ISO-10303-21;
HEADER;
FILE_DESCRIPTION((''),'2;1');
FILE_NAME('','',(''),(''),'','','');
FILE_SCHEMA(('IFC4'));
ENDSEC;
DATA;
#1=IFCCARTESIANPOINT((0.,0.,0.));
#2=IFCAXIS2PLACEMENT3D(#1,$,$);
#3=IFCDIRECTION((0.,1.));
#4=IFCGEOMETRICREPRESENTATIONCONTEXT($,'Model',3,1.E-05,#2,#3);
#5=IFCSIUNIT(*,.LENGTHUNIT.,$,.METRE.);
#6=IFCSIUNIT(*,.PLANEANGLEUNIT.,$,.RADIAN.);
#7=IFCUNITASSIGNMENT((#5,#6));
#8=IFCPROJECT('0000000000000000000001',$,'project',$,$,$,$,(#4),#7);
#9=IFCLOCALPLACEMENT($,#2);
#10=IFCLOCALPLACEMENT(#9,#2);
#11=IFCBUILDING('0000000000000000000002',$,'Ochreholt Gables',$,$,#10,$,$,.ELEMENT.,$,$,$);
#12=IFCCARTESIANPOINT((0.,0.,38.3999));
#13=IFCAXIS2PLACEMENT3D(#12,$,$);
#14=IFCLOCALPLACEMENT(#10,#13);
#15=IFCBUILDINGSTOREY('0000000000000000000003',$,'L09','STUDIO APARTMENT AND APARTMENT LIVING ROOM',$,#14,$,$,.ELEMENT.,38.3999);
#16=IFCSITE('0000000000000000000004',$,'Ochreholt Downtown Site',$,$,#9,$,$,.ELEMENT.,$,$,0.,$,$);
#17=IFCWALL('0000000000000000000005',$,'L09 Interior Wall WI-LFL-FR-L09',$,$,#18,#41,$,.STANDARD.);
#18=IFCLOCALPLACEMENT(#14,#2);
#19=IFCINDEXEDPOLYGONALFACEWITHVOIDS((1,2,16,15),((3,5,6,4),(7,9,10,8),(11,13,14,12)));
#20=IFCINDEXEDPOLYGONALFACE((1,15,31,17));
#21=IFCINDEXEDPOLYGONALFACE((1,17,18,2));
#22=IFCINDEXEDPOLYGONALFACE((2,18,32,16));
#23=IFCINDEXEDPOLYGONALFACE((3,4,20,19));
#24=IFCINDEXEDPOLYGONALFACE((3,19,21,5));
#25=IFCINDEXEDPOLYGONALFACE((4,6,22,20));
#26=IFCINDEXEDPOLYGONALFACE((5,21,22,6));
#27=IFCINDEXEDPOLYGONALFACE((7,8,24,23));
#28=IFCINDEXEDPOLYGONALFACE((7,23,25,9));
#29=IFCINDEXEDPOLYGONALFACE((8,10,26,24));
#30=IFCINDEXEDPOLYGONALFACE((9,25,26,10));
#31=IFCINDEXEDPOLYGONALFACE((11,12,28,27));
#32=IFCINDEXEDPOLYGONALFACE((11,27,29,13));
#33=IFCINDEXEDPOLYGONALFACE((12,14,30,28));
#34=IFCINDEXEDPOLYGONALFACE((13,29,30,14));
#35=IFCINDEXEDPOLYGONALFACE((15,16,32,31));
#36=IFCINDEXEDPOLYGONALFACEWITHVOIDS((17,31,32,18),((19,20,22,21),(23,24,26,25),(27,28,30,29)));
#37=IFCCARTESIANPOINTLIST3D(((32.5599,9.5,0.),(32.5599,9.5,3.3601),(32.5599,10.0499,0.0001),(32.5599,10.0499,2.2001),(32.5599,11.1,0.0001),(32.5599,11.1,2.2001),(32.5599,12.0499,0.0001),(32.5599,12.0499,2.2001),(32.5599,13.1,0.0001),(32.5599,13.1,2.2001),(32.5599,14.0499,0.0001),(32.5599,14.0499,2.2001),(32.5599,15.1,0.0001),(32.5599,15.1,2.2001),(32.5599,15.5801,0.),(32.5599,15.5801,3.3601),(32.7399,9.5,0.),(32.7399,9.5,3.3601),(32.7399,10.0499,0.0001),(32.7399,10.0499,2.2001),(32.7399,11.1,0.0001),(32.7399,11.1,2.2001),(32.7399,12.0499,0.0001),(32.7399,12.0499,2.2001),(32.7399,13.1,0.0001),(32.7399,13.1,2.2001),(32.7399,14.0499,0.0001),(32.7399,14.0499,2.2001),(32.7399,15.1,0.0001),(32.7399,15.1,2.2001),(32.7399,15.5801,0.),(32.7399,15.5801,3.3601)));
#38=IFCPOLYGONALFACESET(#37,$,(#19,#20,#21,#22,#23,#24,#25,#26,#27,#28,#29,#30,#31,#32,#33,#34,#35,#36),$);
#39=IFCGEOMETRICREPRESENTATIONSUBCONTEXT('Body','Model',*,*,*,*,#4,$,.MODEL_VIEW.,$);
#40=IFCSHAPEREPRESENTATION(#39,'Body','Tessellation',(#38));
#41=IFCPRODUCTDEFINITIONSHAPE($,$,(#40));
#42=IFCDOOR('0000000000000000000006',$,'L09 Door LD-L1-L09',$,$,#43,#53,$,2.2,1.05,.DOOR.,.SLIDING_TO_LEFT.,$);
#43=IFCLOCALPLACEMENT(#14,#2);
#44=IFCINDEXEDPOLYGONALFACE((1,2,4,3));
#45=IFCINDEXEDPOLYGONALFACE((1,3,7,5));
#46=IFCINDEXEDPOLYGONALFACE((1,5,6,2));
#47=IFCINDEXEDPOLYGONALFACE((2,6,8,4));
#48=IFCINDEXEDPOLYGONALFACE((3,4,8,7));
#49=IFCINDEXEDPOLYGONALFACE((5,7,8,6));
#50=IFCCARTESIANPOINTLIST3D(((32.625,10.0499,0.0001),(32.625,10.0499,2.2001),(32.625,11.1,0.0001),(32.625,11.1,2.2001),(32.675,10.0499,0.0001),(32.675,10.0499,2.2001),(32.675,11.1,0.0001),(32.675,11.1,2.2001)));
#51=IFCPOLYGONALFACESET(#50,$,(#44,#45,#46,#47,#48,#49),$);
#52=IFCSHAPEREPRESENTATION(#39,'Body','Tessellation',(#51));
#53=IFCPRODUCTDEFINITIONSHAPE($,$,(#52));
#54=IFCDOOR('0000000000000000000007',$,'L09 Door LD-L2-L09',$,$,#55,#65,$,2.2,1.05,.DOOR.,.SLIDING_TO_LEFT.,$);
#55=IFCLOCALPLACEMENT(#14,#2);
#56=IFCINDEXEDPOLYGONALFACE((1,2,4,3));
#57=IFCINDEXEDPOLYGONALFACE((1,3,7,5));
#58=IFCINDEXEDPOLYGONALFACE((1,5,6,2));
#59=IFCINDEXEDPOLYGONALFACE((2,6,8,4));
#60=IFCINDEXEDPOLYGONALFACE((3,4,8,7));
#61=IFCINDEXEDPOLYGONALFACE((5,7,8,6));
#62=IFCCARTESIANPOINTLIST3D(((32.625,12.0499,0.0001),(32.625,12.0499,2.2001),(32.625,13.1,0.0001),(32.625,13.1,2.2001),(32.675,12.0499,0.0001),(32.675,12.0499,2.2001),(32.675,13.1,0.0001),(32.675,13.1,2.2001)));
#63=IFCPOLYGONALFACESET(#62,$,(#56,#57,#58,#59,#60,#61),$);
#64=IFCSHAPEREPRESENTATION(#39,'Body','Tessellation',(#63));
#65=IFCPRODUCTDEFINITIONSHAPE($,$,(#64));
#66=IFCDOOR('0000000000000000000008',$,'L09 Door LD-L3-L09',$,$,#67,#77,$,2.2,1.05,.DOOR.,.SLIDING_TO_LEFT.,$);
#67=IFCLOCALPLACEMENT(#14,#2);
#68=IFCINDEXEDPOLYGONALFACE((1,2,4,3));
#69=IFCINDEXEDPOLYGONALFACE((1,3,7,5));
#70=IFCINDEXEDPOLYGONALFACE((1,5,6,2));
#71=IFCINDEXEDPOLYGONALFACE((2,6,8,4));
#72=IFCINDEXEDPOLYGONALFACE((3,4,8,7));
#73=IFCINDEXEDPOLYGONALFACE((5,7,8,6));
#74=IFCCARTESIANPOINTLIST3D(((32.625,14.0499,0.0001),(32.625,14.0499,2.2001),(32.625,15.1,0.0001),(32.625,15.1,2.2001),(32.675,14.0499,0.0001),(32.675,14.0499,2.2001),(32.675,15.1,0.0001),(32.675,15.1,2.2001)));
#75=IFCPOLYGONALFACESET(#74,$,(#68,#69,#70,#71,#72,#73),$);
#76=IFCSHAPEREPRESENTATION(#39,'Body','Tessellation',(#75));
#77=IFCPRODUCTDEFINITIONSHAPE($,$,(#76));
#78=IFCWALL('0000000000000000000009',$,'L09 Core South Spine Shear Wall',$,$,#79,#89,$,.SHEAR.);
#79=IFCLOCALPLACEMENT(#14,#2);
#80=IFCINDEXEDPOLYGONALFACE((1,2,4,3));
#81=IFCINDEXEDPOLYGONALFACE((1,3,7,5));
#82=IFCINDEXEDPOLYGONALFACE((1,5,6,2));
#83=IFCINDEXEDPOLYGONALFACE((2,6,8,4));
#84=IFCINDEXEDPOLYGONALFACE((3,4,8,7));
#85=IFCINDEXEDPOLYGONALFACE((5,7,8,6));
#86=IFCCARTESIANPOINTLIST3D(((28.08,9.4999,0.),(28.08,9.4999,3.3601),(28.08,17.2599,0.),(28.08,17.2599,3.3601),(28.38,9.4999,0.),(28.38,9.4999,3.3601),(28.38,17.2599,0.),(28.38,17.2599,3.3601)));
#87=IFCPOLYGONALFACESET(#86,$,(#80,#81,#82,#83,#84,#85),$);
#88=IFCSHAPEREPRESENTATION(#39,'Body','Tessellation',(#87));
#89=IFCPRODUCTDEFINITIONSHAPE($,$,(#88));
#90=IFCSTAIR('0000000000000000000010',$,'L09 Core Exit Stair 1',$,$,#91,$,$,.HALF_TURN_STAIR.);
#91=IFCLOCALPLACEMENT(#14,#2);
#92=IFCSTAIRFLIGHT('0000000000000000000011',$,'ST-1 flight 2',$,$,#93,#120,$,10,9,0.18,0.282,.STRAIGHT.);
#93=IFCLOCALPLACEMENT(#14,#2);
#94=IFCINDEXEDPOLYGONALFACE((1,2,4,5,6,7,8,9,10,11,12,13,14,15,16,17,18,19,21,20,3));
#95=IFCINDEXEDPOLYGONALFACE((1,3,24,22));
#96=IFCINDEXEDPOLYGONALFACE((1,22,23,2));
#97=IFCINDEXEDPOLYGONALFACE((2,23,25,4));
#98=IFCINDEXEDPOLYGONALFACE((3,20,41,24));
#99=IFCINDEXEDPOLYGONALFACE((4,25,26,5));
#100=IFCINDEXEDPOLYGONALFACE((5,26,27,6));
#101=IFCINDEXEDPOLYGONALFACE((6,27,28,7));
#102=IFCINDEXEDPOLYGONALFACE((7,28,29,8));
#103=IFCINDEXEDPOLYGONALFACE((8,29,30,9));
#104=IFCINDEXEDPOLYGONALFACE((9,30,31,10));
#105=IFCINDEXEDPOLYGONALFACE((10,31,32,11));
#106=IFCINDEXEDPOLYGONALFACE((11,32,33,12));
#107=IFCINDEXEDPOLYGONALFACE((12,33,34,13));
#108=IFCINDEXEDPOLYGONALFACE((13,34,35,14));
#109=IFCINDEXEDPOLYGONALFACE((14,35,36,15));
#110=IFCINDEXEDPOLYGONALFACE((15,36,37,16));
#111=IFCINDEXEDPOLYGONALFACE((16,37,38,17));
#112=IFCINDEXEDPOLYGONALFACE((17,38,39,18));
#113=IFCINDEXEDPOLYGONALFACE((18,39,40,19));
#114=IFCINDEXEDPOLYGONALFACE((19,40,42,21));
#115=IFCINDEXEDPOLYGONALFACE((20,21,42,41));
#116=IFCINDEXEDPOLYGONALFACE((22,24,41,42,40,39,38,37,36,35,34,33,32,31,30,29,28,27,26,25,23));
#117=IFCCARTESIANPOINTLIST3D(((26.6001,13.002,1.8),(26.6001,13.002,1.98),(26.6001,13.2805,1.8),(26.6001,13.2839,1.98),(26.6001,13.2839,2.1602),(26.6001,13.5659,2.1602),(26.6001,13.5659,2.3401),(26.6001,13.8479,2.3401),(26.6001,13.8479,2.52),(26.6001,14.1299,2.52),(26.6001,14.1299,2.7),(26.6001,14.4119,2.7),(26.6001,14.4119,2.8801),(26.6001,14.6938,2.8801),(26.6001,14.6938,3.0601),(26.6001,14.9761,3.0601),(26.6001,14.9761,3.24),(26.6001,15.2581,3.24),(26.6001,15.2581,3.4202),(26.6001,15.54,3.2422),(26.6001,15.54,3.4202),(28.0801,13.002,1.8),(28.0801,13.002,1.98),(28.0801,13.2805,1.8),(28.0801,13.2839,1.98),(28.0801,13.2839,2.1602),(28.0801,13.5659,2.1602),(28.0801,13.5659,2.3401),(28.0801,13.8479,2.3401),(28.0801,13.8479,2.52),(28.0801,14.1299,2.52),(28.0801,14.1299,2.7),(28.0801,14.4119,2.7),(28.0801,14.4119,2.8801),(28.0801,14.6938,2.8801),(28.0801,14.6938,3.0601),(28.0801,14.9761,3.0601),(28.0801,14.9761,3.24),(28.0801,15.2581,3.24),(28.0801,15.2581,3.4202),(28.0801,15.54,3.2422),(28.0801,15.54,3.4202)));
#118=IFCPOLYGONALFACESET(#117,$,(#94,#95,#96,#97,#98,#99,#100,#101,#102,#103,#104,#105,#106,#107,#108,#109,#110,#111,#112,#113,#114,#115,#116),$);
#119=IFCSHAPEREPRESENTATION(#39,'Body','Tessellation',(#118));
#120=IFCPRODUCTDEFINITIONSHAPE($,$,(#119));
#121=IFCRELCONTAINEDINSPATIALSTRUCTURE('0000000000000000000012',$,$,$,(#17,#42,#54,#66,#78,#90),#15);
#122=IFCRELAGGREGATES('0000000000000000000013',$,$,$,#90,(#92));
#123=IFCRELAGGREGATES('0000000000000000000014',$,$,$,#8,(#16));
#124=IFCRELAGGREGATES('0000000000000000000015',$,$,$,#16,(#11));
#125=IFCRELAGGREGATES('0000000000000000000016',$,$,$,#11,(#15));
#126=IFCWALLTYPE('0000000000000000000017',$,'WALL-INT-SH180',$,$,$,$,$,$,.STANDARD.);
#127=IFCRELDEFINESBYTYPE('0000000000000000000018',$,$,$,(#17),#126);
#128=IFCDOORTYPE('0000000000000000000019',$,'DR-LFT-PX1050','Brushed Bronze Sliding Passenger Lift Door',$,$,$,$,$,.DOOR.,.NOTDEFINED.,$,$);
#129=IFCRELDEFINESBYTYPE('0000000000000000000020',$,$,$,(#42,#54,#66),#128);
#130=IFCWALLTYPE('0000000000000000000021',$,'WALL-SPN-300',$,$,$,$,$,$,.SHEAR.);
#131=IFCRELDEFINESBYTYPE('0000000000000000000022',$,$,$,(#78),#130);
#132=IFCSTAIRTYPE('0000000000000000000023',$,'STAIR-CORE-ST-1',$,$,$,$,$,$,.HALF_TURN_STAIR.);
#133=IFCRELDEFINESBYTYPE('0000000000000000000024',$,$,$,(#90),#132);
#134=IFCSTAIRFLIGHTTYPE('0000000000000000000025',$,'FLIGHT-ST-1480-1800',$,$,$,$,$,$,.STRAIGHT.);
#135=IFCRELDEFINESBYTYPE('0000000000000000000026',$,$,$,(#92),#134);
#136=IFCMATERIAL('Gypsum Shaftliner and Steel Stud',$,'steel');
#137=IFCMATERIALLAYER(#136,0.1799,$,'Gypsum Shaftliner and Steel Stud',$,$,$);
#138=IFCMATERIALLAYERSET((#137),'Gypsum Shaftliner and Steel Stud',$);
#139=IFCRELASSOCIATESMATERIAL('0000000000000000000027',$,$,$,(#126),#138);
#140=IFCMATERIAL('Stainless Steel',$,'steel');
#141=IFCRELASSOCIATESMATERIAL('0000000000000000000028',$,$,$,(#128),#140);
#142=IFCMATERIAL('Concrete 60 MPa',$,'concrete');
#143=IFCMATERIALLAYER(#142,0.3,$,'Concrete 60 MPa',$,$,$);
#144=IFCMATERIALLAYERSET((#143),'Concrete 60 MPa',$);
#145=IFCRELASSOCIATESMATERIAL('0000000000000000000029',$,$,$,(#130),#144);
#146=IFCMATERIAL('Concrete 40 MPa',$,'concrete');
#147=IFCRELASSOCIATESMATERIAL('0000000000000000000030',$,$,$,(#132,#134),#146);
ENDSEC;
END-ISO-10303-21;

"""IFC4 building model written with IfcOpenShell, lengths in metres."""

from ifc_helpers import new_model, si_unit, direction, frame, frame_2d, origin, place, context, subcontext, project, spatial, polyline, rectangle, outline, extrude, material, layer, layer_set, type_object, element, fill, aggregate, save


model = new_model("IFC4")

# Units and contexts
model_context = context("Model", 3, precision=1e-05, world=origin(), true_north=direction((0.0, 1.0)))
body_context = subcontext(model_context, "Body", "Model", "MODEL_VIEW")
ifc_project = project(units=[si_unit("LENGTHUNIT", "METRE"), si_unit("PLANEANGLEUNIT", "RADIAN")], contexts=[model_context])

# Site, building, storey
site_placement = place(None, origin())
site = spatial("IfcSite", under=ifc_project, at=site_placement, Name="Ochreholt Downtown Site", CompositionType="ELEMENT", RefElevation=0.0)
building_placement = place(site_placement, origin())
building = spatial("IfcBuilding", under=site, at=building_placement, Name="Ochreholt Gables", CompositionType="ELEMENT")
storey_placement = place(building_placement, frame((0.0, 0.0, 38.3999)))
storey = spatial("IfcBuildingStorey", under=building, at=storey_placement, Name="L09", Description="STUDIO APARTMENT AND APARTMENT LIVING ROOM", CompositionType="ELEMENT", Elevation=38.3999)

# Shared definitions
ifc_material_1 = material(Name="Concrete 60 MPa", Category="concrete")

# Shared definitions
ifc_material_2 = material(Name="Gypsum Shaftliner and Steel Stud", Category="steel")

# Wall, openings, doors
ifc_layer_1 = layer(ifc_material_2, 0.1799, Name="Gypsum Shaftliner and Steel Stud")
ifc_layer_set_1 = layer_set([ifc_layer_1], Name="Gypsum Shaftliner and Steel Stud")
wall_type_1 = type_object("IfcWallType", Name="WALL-INT-SH180", PredefinedType="STANDARD", material=ifc_layer_set_1)
wall_1_placement = place(storey_placement, frame((32.6499, 9.5, 0.0), z_axis=(0.0, 0.0, 1.0), x_axis=(0.0, 1.0, 0.0)))
wall_1 = element("IfcWall", 1, at=wall_1_placement, inside=storey, type_object=wall_type_1, Name="L09 Interior Wall WI-LFL-FR-L09", PredefinedType="STANDARD", context=body_context, shape_type="SweptSolid", body=[
    extrude(rectangle(XDim=6.0801, YDim=0.1799, at=frame_2d((3.04, 0.0))), origin(), (0.0, 0.0, 1.0), 3.3601),
])
opening_1_placement = place(wall_1_placement, frame((0.55, 0.0, 0.0)))
opening_1 = element("IfcOpeningElement", 2, at=opening_1_placement, cuts=wall_1, PredefinedType="OPENING", context=body_context, shape_type="SweptSolid", body=[
    extrude(rectangle(XDim=1.05, YDim=2.2, at=frame_2d((0.5249, 1.1001))), frame((0.0, 0.0999, 0.0), z_axis=(0.0, -1.0, 0.0), x_axis=(1.0, 0.0, 0.0)), (0.0, 0.0, 1.0), 0.2),
])
opening_2_placement = place(wall_1_placement, frame((2.55, 0.0, 0.0)))
opening_2 = element("IfcOpeningElement", 3, at=opening_2_placement, cuts=wall_1, PredefinedType="OPENING", context=body_context, shape_type="SweptSolid", body=[
    extrude(rectangle(XDim=1.05, YDim=2.2, at=frame_2d((0.5249, 1.1001))), frame((0.0, 0.0999, 0.0), z_axis=(0.0, -1.0, 0.0), x_axis=(1.0, 0.0, 0.0)), (0.0, 0.0, 1.0), 0.2),
])
opening_3_placement = place(wall_1_placement, frame((4.55, 0.0, 0.0)))
opening_3 = element("IfcOpeningElement", 4, at=opening_3_placement, cuts=wall_1, PredefinedType="OPENING", context=body_context, shape_type="SweptSolid", body=[
    extrude(rectangle(XDim=1.05, YDim=2.2, at=frame_2d((0.5249, 1.1001))), frame((0.0, 0.0999, 0.0), z_axis=(0.0, -1.0, 0.0), x_axis=(1.0, 0.0, 0.0)), (0.0, 0.0, 1.0), 0.2),
])
ifc_material_3 = material(Name="Stainless Steel", Category="steel")
door_type_1 = type_object("IfcDoorType", Name="DR-LFT-PX1050", Description="Brushed Bronze Sliding Passenger Lift Door", OperationType="NOTDEFINED", PredefinedType="DOOR", material=ifc_material_3)
door_1_placement = place(opening_1_placement, origin())
door_1 = element("IfcDoor", 5, at=door_1_placement, inside=storey, type_object=door_type_1, Name="L09 Door LD-L1-L09", OperationType="SLIDING_TO_LEFT", OverallHeight=2.2, OverallWidth=1.05, PredefinedType="DOOR", context=body_context, shape_type="SweptSolid", body=[
    extrude(rectangle(XDim=1.05, YDim=2.2, at=frame_2d((0.5249, 1.1001))), frame((0.0, 0.0249, 0.0), z_axis=(0.0, -1.0, 0.0), x_axis=(1.0, 0.0, 0.0)), (0.0, 0.0, 1.0), 0.05),
])
fill(opening_1, door_1)
door_2_placement = place(opening_2_placement, origin())
door_2 = element("IfcDoor", 6, at=door_2_placement, inside=storey, type_object=door_type_1, Name="L09 Door LD-L2-L09", OperationType="SLIDING_TO_LEFT", OverallHeight=2.2, OverallWidth=1.05, PredefinedType="DOOR", context=body_context, shape_type="SweptSolid", body=[
    extrude(rectangle(XDim=1.05, YDim=2.2, at=frame_2d((0.5249, 1.1001))), frame((0.0, 0.0249, 0.0), z_axis=(0.0, -1.0, 0.0), x_axis=(1.0, 0.0, 0.0)), (0.0, 0.0, 1.0), 0.05),
])
fill(opening_2, door_2)
door_3_placement = place(opening_3_placement, origin())
door_3 = element("IfcDoor", 7, at=door_3_placement, inside=storey, type_object=door_type_1, Name="L09 Door LD-L3-L09", OperationType="SLIDING_TO_LEFT", OverallHeight=2.2, OverallWidth=1.05, PredefinedType="DOOR", context=body_context, shape_type="SweptSolid", body=[
    extrude(rectangle(XDim=1.05, YDim=2.2, at=frame_2d((0.5249, 1.1001))), frame((0.0, 0.0249, 0.0), z_axis=(0.0, -1.0, 0.0), x_axis=(1.0, 0.0, 0.0)), (0.0, 0.0, 1.0), 0.05),
])
fill(opening_3, door_3)

# Wall
ifc_layer_2 = layer(ifc_material_1, 0.3, Name="Concrete 60 MPa")
ifc_layer_set_2 = layer_set([ifc_layer_2], Name="Concrete 60 MPa")
wall_type_2 = type_object("IfcWallType", Name="WALL-SPN-300", PredefinedType="SHEAR", material=ifc_layer_set_2)
wall_2_placement = place(storey_placement, frame((28.23, 9.5, 0.0), z_axis=(0.0, 0.0, 1.0), x_axis=(0.0, 1.0, 0.0)))
element("IfcWall", 8, at=wall_2_placement, inside=storey, type_object=wall_type_2, Name="L09 Core South Spine Shear Wall", PredefinedType="SHEAR", context=body_context, shape_type="SweptSolid", body=[
    extrude(rectangle(XDim=7.76, YDim=0.3, at=frame_2d((3.8799, 0.0))), origin(), (0.0, 0.0, 1.0), 3.3601),
])

# Stair, stair flight
ifc_material_4 = material(Name="Concrete 40 MPa", Category="concrete")
stair_type = type_object("IfcStairType", Name="STAIR-CORE-ST-1", PredefinedType="HALF_TURN_STAIR", material=ifc_material_4)
stair_placement = place(storey_placement, origin())
stair = element("IfcStair", 9, at=stair_placement, inside=storey, type_object=stair_type, Name="L09 Core Exit Stair 1", PredefinedType="HALF_TURN_STAIR")
stair_flight_type = type_object("IfcStairFlightType", Name="FLIGHT-ST-1480-1800", PredefinedType="STRAIGHT", material=ifc_material_4)
stair_flight_placement = place(storey_placement, frame((27.3401, 13.002, 1.8), z_axis=(0.0, 0.0, 1.0), x_axis=(0.0, 1.0, 0.0)))
stair_flight = element("IfcStairFlight", 10, at=stair_flight_placement, type_object=stair_flight_type, Name="ST-1 flight 2", NumberOfRisers=10, NumberOfTreads=9, PredefinedType="STRAIGHT", RiserHeight=0.18, TreadLength=0.282, context=body_context, shape_type="SweptSolid", body=[
    extrude(outline(polyline([(0.0, 0.0), (0.0, 0.1799), (0.282, 0.1799), (0.282, 0.3601), (0.564, 0.3601), (0.564, 0.54), (0.8459, 0.54), (0.8459, 0.72), (1.1279, 0.72), (1.1279, 0.8999), (1.4099, 0.8999), (1.4099, 1.0801), (1.6919, 1.0801), (1.6919, 1.26), (1.9741, 1.26), (1.9741, 1.4399), (2.2561, 1.4399), (2.2561, 1.6201), (2.5381, 1.6201), (2.5381, 1.8), (2.5381, 1.4421), (0.2786, 0.0), (0.0, 0.0)])), frame((0.0, 0.74, 0.0), z_axis=(0.0, -1.0, 0.0), x_axis=(1.0, 0.0, 0.0)), (0.0, 0.0, 1.0), 1.48),
])
aggregate(stair, [stair_flight])

save(model, "model.ifc")
